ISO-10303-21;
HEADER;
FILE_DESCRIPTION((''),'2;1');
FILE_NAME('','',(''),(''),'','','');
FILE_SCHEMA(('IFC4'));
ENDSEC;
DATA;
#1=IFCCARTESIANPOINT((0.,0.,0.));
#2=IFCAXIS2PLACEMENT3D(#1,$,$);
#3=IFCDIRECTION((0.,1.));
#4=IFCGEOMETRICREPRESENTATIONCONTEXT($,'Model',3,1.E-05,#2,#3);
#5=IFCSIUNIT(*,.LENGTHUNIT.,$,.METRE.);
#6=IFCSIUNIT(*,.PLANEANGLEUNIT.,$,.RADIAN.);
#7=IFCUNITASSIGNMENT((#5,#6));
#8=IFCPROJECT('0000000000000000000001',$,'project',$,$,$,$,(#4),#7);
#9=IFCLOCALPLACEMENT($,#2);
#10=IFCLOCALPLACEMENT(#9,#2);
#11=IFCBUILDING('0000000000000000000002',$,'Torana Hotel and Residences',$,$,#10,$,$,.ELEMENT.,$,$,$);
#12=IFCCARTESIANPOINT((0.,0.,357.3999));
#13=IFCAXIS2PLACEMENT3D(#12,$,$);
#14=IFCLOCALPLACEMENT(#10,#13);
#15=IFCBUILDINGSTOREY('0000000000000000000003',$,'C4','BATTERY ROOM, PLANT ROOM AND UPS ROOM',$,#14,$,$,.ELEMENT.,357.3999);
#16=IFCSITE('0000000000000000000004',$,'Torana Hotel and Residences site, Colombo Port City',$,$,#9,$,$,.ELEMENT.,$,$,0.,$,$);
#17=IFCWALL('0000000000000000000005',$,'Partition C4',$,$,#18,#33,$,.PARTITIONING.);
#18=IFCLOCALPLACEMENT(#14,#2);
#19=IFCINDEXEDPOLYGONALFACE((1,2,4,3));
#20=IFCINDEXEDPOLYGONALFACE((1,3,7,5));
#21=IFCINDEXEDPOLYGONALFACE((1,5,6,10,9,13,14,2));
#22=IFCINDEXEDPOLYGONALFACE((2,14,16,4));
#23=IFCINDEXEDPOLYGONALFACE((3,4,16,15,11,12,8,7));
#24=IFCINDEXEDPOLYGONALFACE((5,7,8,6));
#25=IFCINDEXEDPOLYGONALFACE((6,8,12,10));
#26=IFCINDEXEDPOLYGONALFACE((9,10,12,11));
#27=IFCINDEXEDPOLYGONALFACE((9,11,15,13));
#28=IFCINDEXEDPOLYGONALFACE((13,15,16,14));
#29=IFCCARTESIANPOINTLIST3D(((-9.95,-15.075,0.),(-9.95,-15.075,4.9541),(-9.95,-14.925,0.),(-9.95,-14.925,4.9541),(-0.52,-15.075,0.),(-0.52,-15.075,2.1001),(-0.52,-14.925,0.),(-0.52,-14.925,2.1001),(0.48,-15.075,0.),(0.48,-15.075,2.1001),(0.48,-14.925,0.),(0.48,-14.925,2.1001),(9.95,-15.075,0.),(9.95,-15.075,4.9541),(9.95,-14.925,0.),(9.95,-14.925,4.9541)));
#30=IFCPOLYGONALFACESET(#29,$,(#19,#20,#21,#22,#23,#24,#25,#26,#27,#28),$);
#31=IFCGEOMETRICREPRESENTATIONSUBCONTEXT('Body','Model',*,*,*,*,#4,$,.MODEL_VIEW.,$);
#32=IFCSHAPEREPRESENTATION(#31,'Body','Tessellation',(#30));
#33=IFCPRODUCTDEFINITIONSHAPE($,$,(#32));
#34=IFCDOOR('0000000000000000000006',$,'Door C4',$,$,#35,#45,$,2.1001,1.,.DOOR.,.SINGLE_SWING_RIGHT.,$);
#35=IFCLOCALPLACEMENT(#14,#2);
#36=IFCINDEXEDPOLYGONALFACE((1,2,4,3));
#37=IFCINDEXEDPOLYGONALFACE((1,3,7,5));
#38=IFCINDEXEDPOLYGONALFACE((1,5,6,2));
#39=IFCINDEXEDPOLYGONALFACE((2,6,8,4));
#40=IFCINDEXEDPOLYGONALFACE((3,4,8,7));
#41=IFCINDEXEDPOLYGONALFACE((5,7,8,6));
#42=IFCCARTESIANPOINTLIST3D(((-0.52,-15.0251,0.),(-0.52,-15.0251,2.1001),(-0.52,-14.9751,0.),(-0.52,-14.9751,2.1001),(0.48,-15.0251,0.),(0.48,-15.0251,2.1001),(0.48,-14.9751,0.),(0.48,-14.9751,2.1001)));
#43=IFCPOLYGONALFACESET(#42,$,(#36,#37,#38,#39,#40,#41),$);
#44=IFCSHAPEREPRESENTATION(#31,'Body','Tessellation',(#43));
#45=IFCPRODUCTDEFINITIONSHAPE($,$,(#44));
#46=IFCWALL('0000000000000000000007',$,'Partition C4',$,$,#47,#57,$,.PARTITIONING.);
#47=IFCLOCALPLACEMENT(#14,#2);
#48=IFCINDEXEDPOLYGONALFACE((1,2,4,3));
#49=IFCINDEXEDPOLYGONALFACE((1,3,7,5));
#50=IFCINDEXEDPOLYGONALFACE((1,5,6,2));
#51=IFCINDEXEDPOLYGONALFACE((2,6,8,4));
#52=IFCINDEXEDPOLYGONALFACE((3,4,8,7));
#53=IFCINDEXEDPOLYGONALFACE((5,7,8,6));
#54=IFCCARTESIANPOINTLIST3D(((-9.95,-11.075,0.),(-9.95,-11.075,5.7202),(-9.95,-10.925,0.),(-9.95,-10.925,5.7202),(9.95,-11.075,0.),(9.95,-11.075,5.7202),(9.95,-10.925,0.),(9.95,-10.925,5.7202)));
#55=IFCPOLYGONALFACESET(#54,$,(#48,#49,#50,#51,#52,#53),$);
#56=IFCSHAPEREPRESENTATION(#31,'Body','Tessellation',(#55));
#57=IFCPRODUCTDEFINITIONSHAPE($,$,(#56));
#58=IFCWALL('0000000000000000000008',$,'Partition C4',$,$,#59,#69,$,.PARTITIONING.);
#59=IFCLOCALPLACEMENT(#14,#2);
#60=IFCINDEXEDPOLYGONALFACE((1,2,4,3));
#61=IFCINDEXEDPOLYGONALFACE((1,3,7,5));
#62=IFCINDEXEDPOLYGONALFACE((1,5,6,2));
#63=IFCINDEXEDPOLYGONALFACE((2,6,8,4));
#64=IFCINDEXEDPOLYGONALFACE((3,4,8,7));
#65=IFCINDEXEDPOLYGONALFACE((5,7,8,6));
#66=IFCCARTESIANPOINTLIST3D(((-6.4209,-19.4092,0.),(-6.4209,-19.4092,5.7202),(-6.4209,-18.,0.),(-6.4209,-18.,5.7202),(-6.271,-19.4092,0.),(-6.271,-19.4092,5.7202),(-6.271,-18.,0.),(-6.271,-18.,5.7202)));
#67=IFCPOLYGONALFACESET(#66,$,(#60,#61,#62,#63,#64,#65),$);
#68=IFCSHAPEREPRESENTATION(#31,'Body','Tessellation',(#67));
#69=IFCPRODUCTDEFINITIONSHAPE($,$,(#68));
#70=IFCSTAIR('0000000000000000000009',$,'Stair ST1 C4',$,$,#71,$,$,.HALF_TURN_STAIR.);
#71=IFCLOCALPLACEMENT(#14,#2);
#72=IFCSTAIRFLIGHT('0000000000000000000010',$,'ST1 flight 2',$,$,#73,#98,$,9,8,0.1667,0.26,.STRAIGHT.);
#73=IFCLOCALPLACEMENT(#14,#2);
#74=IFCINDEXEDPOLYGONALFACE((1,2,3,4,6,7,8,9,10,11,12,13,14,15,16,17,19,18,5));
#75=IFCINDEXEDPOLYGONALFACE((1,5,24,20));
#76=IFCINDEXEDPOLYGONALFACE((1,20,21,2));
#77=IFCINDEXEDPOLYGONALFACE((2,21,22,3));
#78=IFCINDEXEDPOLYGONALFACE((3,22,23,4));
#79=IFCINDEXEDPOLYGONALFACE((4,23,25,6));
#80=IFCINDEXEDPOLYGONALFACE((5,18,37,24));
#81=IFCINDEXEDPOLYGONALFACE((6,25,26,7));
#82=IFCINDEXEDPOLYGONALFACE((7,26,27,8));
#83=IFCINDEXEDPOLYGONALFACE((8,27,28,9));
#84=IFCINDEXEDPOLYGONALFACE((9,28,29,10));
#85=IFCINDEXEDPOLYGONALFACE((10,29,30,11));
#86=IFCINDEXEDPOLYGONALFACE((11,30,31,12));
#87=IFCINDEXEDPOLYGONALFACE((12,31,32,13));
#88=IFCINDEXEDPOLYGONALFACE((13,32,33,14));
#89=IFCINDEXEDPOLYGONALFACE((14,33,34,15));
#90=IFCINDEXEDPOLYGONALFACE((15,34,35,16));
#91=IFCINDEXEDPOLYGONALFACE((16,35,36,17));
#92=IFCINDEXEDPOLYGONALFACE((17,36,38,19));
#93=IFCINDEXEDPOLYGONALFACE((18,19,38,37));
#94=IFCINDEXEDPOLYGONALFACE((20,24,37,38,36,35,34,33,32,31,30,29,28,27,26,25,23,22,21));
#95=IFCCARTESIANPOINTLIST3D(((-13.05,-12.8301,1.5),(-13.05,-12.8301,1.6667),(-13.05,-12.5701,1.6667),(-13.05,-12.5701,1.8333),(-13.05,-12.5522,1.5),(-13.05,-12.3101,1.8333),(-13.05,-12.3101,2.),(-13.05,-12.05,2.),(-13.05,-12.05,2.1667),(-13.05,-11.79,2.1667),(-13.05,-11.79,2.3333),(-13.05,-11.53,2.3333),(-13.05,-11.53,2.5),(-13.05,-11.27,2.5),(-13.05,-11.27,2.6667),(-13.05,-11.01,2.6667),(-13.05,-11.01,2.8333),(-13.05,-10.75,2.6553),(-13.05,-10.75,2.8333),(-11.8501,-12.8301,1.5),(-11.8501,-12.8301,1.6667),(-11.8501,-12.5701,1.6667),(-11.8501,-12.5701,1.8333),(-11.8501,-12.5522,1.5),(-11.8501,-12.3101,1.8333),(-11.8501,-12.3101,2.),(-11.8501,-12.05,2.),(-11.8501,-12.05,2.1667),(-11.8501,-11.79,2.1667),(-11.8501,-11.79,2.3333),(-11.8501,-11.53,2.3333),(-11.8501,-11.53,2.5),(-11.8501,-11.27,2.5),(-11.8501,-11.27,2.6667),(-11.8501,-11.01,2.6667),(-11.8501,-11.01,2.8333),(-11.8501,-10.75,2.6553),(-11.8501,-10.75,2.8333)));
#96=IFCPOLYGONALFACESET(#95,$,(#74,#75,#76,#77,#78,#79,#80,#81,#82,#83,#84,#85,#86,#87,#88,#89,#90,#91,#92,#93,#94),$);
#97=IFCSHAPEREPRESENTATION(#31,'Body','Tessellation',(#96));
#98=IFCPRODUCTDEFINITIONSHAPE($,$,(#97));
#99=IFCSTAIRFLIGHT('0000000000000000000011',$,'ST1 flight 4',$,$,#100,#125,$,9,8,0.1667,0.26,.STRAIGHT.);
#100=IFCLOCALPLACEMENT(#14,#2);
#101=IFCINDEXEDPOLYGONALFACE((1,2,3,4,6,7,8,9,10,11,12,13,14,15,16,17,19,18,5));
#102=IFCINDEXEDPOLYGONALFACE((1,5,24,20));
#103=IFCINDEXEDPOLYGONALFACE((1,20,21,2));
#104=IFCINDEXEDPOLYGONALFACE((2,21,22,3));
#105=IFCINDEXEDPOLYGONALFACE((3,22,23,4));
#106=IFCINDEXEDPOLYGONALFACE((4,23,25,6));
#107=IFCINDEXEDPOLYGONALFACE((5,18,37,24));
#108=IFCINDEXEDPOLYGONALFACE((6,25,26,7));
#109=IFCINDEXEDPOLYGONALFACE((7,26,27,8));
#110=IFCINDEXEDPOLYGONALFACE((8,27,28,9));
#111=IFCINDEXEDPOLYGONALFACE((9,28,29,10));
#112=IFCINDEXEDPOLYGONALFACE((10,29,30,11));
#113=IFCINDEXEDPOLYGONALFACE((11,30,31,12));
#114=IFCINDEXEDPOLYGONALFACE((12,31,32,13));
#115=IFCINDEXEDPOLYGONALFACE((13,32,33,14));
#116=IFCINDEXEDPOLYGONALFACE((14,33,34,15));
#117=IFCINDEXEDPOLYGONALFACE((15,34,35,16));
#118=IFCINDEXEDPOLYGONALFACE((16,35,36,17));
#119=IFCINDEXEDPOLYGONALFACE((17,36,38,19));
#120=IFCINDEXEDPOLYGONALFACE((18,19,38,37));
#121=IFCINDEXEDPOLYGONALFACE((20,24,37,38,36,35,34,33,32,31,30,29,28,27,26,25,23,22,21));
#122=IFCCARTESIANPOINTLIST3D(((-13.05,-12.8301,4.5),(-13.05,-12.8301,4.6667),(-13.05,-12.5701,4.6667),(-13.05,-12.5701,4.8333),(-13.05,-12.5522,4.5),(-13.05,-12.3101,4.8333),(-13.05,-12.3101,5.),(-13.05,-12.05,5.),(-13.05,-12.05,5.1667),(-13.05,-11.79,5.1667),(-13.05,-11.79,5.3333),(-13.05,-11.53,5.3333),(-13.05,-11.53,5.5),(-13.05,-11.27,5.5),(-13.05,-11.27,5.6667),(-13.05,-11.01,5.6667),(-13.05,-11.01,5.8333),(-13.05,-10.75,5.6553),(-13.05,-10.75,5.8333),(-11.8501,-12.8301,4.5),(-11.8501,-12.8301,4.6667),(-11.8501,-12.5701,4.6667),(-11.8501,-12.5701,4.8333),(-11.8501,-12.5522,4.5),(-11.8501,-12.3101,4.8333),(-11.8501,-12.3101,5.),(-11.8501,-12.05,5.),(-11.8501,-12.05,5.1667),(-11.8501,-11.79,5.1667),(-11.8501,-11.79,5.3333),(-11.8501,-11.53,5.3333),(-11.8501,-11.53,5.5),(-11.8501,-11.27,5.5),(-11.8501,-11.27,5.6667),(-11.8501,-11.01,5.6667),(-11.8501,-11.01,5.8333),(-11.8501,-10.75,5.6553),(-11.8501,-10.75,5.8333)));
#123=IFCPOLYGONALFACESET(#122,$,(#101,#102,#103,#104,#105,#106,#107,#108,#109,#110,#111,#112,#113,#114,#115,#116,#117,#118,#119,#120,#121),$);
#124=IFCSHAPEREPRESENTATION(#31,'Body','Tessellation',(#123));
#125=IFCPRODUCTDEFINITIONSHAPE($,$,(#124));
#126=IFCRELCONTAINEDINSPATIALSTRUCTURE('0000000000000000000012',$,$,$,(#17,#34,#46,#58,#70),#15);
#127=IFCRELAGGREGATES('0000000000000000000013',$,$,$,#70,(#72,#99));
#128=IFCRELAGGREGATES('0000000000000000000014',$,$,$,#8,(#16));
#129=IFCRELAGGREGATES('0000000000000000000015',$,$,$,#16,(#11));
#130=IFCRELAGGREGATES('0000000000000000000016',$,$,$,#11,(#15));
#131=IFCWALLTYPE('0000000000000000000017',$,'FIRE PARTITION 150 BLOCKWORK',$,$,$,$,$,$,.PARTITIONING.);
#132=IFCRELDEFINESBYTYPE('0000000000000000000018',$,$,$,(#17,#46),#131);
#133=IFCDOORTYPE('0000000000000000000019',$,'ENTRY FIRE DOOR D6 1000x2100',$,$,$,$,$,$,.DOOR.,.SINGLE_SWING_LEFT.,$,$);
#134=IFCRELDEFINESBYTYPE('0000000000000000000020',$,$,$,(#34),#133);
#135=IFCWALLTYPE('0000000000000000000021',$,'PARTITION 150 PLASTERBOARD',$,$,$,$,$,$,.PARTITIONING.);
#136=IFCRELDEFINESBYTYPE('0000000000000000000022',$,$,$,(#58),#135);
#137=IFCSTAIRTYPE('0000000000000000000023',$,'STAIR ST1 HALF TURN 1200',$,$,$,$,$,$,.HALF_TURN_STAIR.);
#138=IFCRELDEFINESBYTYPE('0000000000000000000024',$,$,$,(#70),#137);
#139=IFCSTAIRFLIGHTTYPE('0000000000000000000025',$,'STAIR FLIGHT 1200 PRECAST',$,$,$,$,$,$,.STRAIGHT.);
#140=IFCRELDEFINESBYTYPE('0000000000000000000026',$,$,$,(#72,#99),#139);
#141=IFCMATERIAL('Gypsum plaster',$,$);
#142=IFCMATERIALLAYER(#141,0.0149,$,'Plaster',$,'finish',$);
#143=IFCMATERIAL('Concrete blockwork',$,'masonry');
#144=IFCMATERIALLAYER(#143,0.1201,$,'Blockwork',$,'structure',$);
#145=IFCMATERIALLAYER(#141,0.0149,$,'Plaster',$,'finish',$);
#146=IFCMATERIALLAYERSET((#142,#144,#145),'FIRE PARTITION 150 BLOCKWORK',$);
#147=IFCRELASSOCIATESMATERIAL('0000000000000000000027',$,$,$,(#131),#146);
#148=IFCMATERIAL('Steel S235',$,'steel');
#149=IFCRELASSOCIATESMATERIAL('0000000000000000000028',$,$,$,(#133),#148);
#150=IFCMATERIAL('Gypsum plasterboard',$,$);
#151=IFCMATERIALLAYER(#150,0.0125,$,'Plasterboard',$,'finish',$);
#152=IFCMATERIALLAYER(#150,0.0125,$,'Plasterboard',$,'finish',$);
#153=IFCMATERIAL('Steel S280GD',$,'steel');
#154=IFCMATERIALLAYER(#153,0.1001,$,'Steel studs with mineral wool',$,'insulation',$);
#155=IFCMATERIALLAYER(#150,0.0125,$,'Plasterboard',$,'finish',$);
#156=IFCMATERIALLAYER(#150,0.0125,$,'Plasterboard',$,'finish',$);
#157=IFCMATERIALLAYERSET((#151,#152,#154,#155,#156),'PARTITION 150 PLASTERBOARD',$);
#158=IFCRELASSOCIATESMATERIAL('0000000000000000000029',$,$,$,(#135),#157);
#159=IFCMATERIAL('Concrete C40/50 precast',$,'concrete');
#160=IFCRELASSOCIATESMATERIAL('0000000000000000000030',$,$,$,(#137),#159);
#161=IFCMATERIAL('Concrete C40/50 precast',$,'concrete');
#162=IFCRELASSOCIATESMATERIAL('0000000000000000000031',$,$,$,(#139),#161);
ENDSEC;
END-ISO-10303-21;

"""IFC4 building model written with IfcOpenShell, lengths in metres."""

from ifc_helpers import new_model, si_unit, direction, frame, frame_2d, origin, place, context, subcontext, project, spatial, polyline, rectangle, outline, extrude, material, layer, layer_set, type_object, element, fill, aggregate, save


model = new_model("IFC4")

# Units and contexts
model_context = context("Model", 3, precision=1e-05, world=origin(), true_north=direction((0.0, 1.0)))
body_context = subcontext(model_context, "Body", "Model", "MODEL_VIEW")
ifc_project = project(units=[si_unit("LENGTHUNIT", "METRE"), si_unit("PLANEANGLEUNIT", "RADIAN")], contexts=[model_context])

# Site, building, storey
site_placement = place(None, origin())
site = spatial("IfcSite", under=ifc_project, at=site_placement, Name="Torana Hotel and Residences site, Colombo Port City", CompositionType="ELEMENT", RefElevation=0.0)
building_placement = place(site_placement, origin())
building = spatial("IfcBuilding", under=site, at=building_placement, Name="Torana Hotel and Residences", CompositionType="ELEMENT")
storey_placement = place(building_placement, frame((0.0, 0.0, 357.3999)))
storey = spatial("IfcBuildingStorey", under=building, at=storey_placement, Name="C4", Description="BATTERY ROOM, PLANT ROOM AND UPS ROOM", CompositionType="ELEMENT", Elevation=357.3999)

# Wall, opening, door
ifc_material_1 = material(Name="Gypsum plaster")
ifc_layer_1 = layer(ifc_material_1, 0.0149, Name="Plaster", Category="finish")
ifc_material_2 = material(Name="Concrete blockwork", Category="masonry")
ifc_layer_2 = layer(ifc_material_2, 0.1201, Name="Blockwork", Category="structure")
ifc_layer_3 = layer(ifc_material_1, 0.0149, Name="Plaster", Category="finish")
ifc_layer_set_1 = layer_set([ifc_layer_1, ifc_layer_2, ifc_layer_3], Name="FIRE PARTITION 150 BLOCKWORK")
wall_type_1 = type_object("IfcWallType", Name="FIRE PARTITION 150 BLOCKWORK", PredefinedType="PARTITIONING", material=ifc_layer_set_1)
wall_1_placement = place(storey_placement, frame((-9.95, -15.0, 0.0), z_axis=(0.0, 0.0, 1.0), x_axis=(1.0, 0.0, 0.0)))
wall_1 = element("IfcWall", 1, at=wall_1_placement, inside=storey, type_object=wall_type_1, Name="Partition C4", PredefinedType="PARTITIONING", context=body_context, shape_type="SweptSolid", body=[
    extrude(rectangle(XDim=19.8999, YDim=0.1499, at=frame_2d((9.95, 0.0))), origin(), (0.0, 0.0, 1.0), 4.9541),
])
opening_1_placement = place(wall_1_placement, frame((9.4299, 0.0, 0.0)))
opening_1 = element("IfcOpeningElement", 2, at=opening_1_placement, cuts=wall_1, PredefinedType="OPENING", context=body_context, shape_type="SweptSolid", body=[
    extrude(rectangle(XDim=1.0, YDim=2.1001, at=frame_2d((0.5, 1.05))), frame((0.0, 0.085, 0.0), z_axis=(0.0, -1.0, 0.0), x_axis=(1.0, 0.0, 0.0)), (0.0, 0.0, 1.0), 0.1699),
])
ifc_material_3 = material(Name="Steel S235", Category="steel")
door_type_1 = type_object("IfcDoorType", Name="ENTRY FIRE DOOR D6 1000x2100", OperationType="SINGLE_SWING_LEFT", PredefinedType="DOOR", material=ifc_material_3)
door_1_placement = place(opening_1_placement, origin())
door_1 = element("IfcDoor", 3, at=door_1_placement, inside=storey, type_object=door_type_1, Name="Door C4", OperationType="SINGLE_SWING_RIGHT", OverallHeight=2.1001, OverallWidth=1.0, PredefinedType="DOOR", context=body_context, shape_type="SweptSolid", body=[
    extrude(rectangle(XDim=1.0, YDim=2.1001, at=frame_2d((0.5, 1.05))), frame((0.0, 0.0249, 0.0), z_axis=(0.0, -1.0, 0.0), x_axis=(1.0, 0.0, 0.0)), (0.0, 0.0, 1.0), 0.05),
])
fill(opening_1, door_1)

# Walls
wall_2_placement = place(storey_placement, frame((-9.95, -11.0, 0.0), z_axis=(0.0, 0.0, 1.0), x_axis=(1.0, 0.0, 0.0)))
element("IfcWall", 4, at=wall_2_placement, inside=storey, type_object=wall_type_1, Name="Partition C4", PredefinedType="PARTITIONING", context=body_context, shape_type="SweptSolid", body=[
    extrude(rectangle(XDim=19.8999, YDim=0.1499, at=frame_2d((9.95, 0.0))), origin(), (0.0, 0.0, 1.0), 5.7202),
])
ifc_material_4 = material(Name="Gypsum plasterboard")
ifc_layer_4 = layer(ifc_material_4, 0.0125, Name="Plasterboard", Category="finish")
ifc_layer_5 = layer(ifc_material_4, 0.0125, Name="Plasterboard", Category="finish")
ifc_material_5 = material(Name="Steel S280GD", Category="steel")
ifc_layer_6 = layer(ifc_material_5, 0.1001, Name="Steel studs with mineral wool", Category="insulation")
ifc_layer_7 = layer(ifc_material_4, 0.0125, Name="Plasterboard", Category="finish")
ifc_layer_8 = layer(ifc_material_4, 0.0125, Name="Plasterboard", Category="finish")
ifc_layer_set_2 = layer_set([ifc_layer_4, ifc_layer_5, ifc_layer_6, ifc_layer_7, ifc_layer_8], Name="PARTITION 150 PLASTERBOARD")
wall_type_2 = type_object("IfcWallType", Name="PARTITION 150 PLASTERBOARD", PredefinedType="PARTITIONING", material=ifc_layer_set_2)
wall_3_placement = place(storey_placement, frame((-6.3459, -19.4092, 0.0), z_axis=(0.0, 0.0, 1.0), x_axis=(0.0, 1.0, 0.0)))
element("IfcWall", 5, at=wall_3_placement, inside=storey, type_object=wall_type_2, Name="Partition C4", PredefinedType="PARTITIONING", context=body_context, shape_type="SweptSolid", body=[
    extrude(rectangle(XDim=1.4092, YDim=0.1499, at=frame_2d((0.7046, 0.0))), origin(), (0.0, 0.0, 1.0), 5.7202),
])

# Stair, stair flights
ifc_material_6 = material(Name="Concrete C40/50 precast", Category="concrete")
stair_type = type_object("IfcStairType", Name="STAIR ST1 HALF TURN 1200", PredefinedType="HALF_TURN_STAIR", material=ifc_material_6)
stair_placement = place(storey_placement, origin())
stair = element("IfcStair", 6, at=stair_placement, inside=storey, type_object=stair_type, Name="Stair ST1 C4", PredefinedType="HALF_TURN_STAIR")
ifc_material_7 = material(Name="Concrete C40/50 precast", Category="concrete")
stair_flight_type = type_object("IfcStairFlightType", Name="STAIR FLIGHT 1200 PRECAST", PredefinedType="STRAIGHT", material=ifc_material_7)
stair_flight_1_placement = place(storey_placement, frame((-12.45, -12.8301, 1.5), z_axis=(0.0, 0.0, 1.0), x_axis=(0.0, 1.0, 0.0)))
stair_flight_1 = element("IfcStairFlight", 7, at=stair_flight_1_placement, type_object=stair_flight_type, Name="ST1 flight 2", NumberOfRisers=9, NumberOfTreads=8, PredefinedType="STRAIGHT", RiserHeight=0.1667, TreadLength=0.26, context=body_context, shape_type="SweptSolid", body=[
    extrude(outline(polyline([(0.0, 0.0), (0.0, 0.1667), (0.26, 0.1667), (0.26, 0.3333), (0.52, 0.3333), (0.52, 0.5), (0.78, 0.5), (0.78, 0.6667), (1.04, 0.6667), (1.04, 0.8333), (1.3, 0.8333), (1.3, 1.0), (1.5601, 1.0), (1.5601, 1.1667), (1.8201, 1.1667), (1.8201, 1.3333), (2.0801, 1.3333), (2.0801, 1.5), (2.0801, 1.1553), (0.2778, 0.0), (0.0, 0.0)])), frame((0.0, 0.6001, 0.0), z_axis=(0.0, -1.0, 0.0), x_axis=(1.0, 0.0, 0.0)), (0.0, 0.0, 1.0), 1.2),
])
stair_flight_2_placement = place(storey_placement, frame((-12.45, -12.8301, 4.5), z_axis=(0.0, 0.0, 1.0), x_axis=(0.0, 1.0, 0.0)))
stair_flight_2 = element("IfcStairFlight", 8, at=stair_flight_2_placement, type_object=stair_flight_type, Name="ST1 flight 4", NumberOfRisers=9, NumberOfTreads=8, PredefinedType="STRAIGHT", RiserHeight=0.1667, TreadLength=0.26, context=body_context, shape_type="SweptSolid", body=[
    extrude(outline(polyline([(0.0, 0.0), (0.0, 0.1667), (0.26, 0.1667), (0.26, 0.3333), (0.52, 0.3333), (0.52, 0.5), (0.78, 0.5), (0.78, 0.6667), (1.04, 0.6667), (1.04, 0.8333), (1.3, 0.8333), (1.3, 1.0), (1.5601, 1.0), (1.5601, 1.1667), (1.8201, 1.1667), (1.8201, 1.3333), (2.0801, 1.3333), (2.0801, 1.5), (2.0801, 1.1553), (0.2778, 0.0), (0.0, 0.0)])), frame((0.0, 0.6001, 0.0), z_axis=(0.0, -1.0, 0.0), x_axis=(1.0, 0.0, 0.0)), (0.0, 0.0, 1.0), 1.2),
])
aggregate(stair, [stair_flight_1, stair_flight_2])

save(model, "model.ifc")
